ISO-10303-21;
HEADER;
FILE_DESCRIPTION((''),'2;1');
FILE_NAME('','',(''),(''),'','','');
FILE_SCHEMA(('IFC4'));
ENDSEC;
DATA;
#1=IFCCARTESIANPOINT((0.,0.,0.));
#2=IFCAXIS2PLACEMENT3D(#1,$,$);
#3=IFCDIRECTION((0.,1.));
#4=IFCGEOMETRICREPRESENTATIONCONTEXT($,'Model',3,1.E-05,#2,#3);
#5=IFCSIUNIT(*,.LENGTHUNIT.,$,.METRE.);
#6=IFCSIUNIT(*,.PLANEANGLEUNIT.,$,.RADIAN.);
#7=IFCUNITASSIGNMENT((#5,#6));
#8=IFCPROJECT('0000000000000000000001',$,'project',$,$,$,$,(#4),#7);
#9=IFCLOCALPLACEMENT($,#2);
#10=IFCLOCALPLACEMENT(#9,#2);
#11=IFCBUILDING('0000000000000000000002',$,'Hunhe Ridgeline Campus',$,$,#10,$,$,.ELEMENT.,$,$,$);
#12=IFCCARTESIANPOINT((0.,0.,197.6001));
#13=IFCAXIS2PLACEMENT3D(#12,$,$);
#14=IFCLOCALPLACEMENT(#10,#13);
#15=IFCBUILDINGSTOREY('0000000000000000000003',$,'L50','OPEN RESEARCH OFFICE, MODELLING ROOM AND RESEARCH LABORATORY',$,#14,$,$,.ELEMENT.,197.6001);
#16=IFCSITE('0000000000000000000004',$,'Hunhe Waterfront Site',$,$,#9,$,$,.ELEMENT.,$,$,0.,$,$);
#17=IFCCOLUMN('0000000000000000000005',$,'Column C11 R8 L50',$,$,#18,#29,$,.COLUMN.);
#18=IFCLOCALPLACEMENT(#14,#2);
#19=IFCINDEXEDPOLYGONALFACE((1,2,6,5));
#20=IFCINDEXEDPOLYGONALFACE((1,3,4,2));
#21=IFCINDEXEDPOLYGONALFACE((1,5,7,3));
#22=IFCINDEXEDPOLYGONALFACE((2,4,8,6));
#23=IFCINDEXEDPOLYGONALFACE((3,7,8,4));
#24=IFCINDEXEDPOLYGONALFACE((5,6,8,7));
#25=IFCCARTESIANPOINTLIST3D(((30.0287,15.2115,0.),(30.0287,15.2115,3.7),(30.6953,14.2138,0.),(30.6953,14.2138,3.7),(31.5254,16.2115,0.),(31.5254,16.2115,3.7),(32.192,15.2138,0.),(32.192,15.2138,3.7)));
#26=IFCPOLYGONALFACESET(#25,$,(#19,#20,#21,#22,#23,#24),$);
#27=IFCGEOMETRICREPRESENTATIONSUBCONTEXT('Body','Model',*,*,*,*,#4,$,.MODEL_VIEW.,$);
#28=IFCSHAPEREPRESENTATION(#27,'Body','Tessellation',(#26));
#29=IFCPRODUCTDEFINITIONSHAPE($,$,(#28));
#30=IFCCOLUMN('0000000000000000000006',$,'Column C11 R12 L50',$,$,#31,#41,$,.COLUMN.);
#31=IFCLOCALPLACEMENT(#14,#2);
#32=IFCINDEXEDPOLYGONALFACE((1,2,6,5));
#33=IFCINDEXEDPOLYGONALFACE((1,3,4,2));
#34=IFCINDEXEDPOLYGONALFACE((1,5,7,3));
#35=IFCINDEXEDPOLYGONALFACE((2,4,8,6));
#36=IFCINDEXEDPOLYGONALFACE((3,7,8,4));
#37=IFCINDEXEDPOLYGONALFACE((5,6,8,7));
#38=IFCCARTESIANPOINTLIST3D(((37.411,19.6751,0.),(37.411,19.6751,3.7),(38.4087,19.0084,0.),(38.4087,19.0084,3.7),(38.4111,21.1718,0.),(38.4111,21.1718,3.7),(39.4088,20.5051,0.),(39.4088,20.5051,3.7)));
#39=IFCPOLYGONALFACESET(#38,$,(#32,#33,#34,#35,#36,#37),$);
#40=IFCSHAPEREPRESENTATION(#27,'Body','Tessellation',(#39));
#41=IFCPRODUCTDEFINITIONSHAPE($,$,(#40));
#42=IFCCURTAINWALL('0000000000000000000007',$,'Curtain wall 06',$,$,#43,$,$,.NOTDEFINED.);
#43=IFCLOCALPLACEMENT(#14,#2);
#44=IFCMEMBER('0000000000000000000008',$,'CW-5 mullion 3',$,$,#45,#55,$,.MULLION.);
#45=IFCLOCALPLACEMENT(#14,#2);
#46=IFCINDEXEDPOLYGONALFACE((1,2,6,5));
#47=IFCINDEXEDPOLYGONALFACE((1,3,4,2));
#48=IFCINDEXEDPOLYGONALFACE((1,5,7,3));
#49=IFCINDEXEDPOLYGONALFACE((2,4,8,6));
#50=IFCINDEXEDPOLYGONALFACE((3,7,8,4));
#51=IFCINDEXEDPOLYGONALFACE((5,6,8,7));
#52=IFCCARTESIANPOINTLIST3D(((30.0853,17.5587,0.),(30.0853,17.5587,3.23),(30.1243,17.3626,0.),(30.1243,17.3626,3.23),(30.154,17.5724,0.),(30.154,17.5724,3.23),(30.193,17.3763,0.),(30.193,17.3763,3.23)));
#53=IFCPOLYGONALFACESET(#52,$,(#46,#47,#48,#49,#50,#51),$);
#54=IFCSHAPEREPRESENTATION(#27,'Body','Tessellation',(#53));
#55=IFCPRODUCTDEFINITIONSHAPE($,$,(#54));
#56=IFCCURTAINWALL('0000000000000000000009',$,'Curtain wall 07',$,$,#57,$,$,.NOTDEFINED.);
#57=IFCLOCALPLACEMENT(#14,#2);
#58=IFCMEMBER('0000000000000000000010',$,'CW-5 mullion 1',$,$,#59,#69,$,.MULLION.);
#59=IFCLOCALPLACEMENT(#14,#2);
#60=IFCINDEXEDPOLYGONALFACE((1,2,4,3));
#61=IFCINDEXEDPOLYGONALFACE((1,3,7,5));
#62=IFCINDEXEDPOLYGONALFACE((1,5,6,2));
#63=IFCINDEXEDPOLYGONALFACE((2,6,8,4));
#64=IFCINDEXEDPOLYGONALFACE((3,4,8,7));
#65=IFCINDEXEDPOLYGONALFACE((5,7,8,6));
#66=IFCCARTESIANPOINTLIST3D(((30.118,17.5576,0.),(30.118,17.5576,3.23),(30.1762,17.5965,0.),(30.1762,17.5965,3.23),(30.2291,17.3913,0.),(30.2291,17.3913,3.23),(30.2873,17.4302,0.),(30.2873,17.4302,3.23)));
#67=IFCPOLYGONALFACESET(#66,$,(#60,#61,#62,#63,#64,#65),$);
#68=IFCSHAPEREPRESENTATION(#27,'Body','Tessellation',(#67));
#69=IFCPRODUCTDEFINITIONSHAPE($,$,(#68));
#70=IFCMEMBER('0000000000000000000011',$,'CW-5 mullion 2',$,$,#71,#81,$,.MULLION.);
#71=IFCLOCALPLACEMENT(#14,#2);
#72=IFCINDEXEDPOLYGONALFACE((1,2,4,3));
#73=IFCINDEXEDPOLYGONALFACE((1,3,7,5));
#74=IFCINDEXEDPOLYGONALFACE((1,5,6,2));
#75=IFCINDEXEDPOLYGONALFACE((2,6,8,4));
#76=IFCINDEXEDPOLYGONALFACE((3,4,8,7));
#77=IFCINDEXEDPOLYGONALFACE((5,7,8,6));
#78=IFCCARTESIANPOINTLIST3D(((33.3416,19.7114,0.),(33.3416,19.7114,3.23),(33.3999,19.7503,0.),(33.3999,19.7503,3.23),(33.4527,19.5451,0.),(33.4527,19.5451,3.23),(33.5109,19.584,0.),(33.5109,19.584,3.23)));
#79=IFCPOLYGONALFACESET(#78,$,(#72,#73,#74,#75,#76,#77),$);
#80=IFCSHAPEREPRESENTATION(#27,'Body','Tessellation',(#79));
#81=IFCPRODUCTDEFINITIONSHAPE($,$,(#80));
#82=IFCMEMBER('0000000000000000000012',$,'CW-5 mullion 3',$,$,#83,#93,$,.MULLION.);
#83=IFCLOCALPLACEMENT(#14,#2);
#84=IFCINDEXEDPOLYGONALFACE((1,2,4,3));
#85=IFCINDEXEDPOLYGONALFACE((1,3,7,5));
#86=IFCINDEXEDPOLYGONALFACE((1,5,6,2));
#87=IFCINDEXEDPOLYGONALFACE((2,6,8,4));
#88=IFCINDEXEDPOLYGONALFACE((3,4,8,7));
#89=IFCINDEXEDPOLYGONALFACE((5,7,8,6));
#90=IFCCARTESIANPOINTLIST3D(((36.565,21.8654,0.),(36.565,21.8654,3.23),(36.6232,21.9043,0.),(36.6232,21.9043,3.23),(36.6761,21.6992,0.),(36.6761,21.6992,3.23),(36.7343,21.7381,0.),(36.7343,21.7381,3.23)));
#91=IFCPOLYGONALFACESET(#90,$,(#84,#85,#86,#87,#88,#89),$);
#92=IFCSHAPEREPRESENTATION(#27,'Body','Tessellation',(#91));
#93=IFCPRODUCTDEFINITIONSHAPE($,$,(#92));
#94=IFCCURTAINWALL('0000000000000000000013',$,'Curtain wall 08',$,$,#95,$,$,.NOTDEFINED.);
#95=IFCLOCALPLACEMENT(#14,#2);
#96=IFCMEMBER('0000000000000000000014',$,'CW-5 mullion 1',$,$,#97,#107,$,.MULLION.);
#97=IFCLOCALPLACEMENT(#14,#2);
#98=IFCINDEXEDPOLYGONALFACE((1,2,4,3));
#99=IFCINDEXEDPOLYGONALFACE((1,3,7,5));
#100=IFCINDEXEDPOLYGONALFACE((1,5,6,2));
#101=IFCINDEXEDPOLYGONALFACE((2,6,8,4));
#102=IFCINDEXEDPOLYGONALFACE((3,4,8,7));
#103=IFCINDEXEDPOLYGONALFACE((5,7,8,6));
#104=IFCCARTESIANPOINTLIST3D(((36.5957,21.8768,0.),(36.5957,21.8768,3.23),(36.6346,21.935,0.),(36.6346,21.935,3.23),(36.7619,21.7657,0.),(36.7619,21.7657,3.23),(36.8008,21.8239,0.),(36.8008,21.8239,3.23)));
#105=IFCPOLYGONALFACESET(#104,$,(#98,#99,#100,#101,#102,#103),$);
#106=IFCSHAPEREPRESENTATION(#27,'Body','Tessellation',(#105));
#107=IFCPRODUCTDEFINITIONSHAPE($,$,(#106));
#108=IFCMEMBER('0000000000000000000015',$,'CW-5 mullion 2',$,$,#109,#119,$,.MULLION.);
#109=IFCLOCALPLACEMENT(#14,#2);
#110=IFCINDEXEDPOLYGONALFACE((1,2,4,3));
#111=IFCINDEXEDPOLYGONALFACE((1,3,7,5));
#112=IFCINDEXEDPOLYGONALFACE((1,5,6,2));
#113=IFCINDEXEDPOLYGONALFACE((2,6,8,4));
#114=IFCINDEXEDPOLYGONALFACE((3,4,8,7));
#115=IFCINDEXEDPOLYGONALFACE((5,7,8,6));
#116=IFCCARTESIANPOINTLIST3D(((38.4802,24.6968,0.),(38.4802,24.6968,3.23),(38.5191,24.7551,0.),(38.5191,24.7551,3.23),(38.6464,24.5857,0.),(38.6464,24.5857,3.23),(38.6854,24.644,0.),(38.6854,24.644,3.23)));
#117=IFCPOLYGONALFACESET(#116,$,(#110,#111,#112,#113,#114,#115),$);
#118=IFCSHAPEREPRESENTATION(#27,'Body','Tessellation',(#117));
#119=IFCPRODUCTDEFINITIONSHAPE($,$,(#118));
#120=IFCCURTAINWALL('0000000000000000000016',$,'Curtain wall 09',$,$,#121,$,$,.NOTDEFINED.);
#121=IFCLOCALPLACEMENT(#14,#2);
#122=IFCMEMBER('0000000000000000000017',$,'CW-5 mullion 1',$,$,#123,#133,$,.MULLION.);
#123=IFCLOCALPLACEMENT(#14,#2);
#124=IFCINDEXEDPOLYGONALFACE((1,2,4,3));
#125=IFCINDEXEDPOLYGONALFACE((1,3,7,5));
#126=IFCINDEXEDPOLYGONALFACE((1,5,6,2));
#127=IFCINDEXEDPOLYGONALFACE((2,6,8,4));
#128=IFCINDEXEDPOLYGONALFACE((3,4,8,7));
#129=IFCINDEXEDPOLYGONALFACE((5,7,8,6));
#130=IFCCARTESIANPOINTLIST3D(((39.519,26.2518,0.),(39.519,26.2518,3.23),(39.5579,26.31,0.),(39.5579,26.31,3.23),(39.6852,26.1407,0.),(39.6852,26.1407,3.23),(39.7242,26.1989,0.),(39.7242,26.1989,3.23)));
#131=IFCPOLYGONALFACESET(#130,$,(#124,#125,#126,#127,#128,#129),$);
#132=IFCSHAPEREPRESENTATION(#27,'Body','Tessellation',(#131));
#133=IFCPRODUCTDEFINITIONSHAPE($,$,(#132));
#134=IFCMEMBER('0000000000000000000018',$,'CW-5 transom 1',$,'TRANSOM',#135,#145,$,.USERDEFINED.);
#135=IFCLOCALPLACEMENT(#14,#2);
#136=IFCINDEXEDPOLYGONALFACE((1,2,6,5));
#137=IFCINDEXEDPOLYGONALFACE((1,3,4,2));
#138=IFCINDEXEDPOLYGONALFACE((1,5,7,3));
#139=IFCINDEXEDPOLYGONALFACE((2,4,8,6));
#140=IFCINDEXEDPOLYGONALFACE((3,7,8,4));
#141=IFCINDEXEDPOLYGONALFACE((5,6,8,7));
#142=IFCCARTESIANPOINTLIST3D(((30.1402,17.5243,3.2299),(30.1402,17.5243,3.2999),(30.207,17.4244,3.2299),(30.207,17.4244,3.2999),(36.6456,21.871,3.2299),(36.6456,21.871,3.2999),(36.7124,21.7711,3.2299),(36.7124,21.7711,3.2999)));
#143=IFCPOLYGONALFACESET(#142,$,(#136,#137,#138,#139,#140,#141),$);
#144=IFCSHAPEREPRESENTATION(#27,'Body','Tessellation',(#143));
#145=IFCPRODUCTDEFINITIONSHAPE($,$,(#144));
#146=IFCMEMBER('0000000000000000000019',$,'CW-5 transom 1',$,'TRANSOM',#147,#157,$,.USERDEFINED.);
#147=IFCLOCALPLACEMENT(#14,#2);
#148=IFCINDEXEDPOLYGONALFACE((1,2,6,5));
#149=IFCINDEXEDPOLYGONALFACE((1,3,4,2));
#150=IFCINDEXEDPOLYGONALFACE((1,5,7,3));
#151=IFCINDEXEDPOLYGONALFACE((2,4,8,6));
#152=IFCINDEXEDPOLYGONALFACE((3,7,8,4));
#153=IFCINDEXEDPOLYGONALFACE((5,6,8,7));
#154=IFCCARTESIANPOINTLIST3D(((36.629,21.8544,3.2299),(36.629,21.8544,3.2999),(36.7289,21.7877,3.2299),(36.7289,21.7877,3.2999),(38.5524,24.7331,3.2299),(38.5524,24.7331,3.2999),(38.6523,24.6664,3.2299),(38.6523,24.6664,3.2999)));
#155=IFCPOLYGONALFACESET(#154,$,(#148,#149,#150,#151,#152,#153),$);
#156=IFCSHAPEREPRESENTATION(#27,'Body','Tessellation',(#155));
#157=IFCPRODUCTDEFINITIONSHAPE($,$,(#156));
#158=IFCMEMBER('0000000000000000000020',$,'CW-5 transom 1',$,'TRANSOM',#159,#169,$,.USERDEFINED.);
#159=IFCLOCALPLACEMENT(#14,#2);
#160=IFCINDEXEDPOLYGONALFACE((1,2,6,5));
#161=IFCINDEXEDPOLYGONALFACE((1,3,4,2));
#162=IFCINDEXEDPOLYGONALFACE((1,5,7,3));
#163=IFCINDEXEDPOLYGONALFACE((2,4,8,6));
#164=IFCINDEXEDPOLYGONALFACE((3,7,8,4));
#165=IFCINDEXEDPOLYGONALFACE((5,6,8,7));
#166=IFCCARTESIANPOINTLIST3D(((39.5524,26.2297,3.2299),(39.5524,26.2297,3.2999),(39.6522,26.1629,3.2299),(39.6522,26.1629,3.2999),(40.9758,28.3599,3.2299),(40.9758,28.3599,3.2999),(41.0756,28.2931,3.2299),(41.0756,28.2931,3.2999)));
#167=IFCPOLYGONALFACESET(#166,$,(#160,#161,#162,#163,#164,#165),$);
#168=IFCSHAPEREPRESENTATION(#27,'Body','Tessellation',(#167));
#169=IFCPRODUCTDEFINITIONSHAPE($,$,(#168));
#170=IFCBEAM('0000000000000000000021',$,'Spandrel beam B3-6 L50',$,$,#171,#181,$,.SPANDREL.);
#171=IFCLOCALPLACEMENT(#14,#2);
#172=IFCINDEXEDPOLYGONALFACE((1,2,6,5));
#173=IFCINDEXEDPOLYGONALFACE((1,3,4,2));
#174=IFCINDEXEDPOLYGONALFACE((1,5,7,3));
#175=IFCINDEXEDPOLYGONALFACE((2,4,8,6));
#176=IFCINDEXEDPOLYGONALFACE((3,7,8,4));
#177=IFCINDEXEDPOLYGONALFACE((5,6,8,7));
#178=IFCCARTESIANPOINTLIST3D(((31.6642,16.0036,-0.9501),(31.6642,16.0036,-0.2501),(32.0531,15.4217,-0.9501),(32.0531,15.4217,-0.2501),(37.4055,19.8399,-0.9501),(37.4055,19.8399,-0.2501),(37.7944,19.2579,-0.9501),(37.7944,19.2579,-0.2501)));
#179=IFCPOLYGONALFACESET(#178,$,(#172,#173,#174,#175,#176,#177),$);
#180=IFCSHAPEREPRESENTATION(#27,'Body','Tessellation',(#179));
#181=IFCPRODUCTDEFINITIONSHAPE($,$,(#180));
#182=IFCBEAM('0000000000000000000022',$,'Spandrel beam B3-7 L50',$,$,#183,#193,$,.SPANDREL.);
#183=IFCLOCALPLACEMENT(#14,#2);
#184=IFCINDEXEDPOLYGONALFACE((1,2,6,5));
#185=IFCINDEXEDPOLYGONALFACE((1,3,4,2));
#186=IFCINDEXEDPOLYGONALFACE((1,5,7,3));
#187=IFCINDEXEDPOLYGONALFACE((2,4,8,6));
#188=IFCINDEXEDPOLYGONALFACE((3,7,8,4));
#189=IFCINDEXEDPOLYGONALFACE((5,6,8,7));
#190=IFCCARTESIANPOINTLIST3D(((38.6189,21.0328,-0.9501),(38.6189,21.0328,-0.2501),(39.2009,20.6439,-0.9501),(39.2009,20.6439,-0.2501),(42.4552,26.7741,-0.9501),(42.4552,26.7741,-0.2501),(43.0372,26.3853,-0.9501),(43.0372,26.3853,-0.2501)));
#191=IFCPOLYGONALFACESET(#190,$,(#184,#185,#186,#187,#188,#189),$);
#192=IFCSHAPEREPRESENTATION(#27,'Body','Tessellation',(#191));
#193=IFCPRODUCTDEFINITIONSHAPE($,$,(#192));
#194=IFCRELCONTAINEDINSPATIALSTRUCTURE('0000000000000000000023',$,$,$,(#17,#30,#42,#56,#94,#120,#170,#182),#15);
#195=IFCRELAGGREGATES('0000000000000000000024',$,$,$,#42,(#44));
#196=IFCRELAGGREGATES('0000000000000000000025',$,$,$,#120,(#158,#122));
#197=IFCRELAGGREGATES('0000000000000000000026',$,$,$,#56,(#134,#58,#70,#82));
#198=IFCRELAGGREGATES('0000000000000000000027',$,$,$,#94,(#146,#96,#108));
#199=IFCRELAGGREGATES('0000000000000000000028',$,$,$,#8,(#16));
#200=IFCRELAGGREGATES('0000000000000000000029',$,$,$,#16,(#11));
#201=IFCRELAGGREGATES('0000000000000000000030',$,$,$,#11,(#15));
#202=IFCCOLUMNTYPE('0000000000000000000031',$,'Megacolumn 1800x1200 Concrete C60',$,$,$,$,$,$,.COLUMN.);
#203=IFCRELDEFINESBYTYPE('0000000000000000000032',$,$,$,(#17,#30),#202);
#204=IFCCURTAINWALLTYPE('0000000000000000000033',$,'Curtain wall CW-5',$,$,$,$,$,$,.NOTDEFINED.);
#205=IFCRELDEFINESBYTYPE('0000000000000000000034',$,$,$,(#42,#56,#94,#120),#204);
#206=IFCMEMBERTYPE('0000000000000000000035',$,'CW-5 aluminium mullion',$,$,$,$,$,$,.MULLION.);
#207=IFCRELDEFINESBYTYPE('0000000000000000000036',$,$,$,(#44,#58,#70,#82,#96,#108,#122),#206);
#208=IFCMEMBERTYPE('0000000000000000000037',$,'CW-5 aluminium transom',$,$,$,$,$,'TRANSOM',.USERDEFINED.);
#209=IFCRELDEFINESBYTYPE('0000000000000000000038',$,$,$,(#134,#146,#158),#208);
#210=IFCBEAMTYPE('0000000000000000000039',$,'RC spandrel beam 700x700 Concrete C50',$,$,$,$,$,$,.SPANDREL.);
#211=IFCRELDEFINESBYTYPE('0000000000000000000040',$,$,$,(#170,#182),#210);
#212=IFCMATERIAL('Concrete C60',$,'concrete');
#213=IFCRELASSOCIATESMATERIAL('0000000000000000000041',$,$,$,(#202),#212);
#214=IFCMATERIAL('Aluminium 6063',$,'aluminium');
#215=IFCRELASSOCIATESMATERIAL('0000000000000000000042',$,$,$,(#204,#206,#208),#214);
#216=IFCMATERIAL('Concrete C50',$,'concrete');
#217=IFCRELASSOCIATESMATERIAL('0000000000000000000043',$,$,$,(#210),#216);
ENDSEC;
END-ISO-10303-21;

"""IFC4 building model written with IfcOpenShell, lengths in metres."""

from ifc_helpers import new_model, si_unit, direction, frame, origin, origin_2d, place, context, subcontext, project, spatial, rectangle, extrude, material, material_profile, profile_set, type_object, element, aggregate, save


model = new_model("IFC4")

# Units and contexts
model_context = context("Model", 3, precision=1e-05, world=origin(), true_north=direction((0.0, 1.0)))
body_context = subcontext(model_context, "Body", "Model", "MODEL_VIEW")
ifc_project = project(units=[si_unit("LENGTHUNIT", "METRE"), si_unit("PLANEANGLEUNIT", "RADIAN")], contexts=[model_context])

# Site, building, storey
site_placement = place(None, origin())
site = spatial("IfcSite", under=ifc_project, at=site_placement, Name="Hunhe Waterfront Site", CompositionType="ELEMENT", RefElevation=0.0)
building_placement = place(site_placement, origin())
building = spatial("IfcBuilding", under=site, at=building_placement, Name="Hunhe Ridgeline Campus", CompositionType="ELEMENT")
storey_placement = place(building_placement, frame((0.0, 0.0, 197.6001)))
storey = spatial("IfcBuildingStorey", under=building, at=storey_placement, Name="L50", Description="OPEN RESEARCH OFFICE, MODELLING ROOM AND RESEARCH LABORATORY", CompositionType="ELEMENT", Elevation=197.6001)

# Columns
ifc_material_1 = material(Name="Concrete C60", Category="concrete")
ifc_material_profile_1 = material_profile(ifc_material_1, rectangle(XDim=1.8, YDim=1.2, at=origin_2d()))
ifc_profile_set_1 = profile_set([ifc_material_profile_1], Name="Concrete C60")
column_type = type_object("IfcColumnType", Name="Megacolumn 1800x1200 Concrete C60", PredefinedType="COLUMN", material=ifc_profile_set_1)
for number, where, z_axis, x_axis, name in (
    (1, (31.1104, 15.2126, 0.0), (0.0, 0.0, 1.0), (0.83147, 0.55557, 0.0), "Column C11 R8 L50"),
    (2, (38.4099, 20.0901, 0.0), (0.0, 0.0, 1.0), (0.55557, 0.83147, 0.0), "Column C11 R12 L50"),
):
    element("IfcColumn", number, at=place(storey_placement, frame(where, z_axis=z_axis, x_axis=x_axis)), inside=storey, type_object=column_type, Name=name, PredefinedType="COLUMN", context=body_context, shape_type="SweptSolid", body=[
        extrude(rectangle(XDim=1.8, YDim=1.2, at=origin_2d()), origin(), (0.0, 0.0, 1.0), 3.7),
    ])

# Curtain wall, member
ifc_material_2 = material(Name="Aluminium 6063", Category="aluminium")
curtain_wall_type = type_object("IfcCurtainWallType", Name="Curtain wall CW-5", PredefinedType="NOTDEFINED", material=ifc_material_2)
curtain_wall_1_placement = place(storey_placement, origin())
curtain_wall_1 = element("IfcCurtainWall", 3, at=curtain_wall_1_placement, inside=storey, type_object=curtain_wall_type, Name="Curtain wall 06", PredefinedType="NOTDEFINED")
ifc_material_profile_2 = material_profile(ifc_material_2, rectangle(XDim=0.2, YDim=0.0701, at=origin_2d()))
ifc_profile_set_2 = profile_set([ifc_material_profile_2], Name="Aluminium 6063")
member_type_1 = type_object("IfcMemberType", Name="CW-5 aluminium mullion", PredefinedType="MULLION", material=ifc_profile_set_2)
member_1_placement = place(storey_placement, frame((30.1392, 17.4675, 0.0), z_axis=(0.0, 0.0, 1.0), x_axis=(-0.19509, 0.980785, 0.0)))
member_1 = element("IfcMember", 4, at=member_1_placement, type_object=member_type_1, Name="CW-5 mullion 3", PredefinedType="MULLION", context=body_context, shape_type="SweptSolid", body=[
    extrude(rectangle(XDim=0.2, YDim=0.0701, at=origin_2d()), origin(), (0.0, 0.0, 1.0), 3.23),
])
aggregate(curtain_wall_1, [member_1])

# Curtain walls, members
curtain_wall_2_placement = place(storey_placement, origin())
curtain_wall_2 = element("IfcCurtainWall", 5, at=curtain_wall_2_placement, inside=storey, type_object=curtain_wall_type, Name="Curtain wall 07", PredefinedType="NOTDEFINED")
member_2_placement = place(storey_placement, frame((30.2026, 17.4939, 0.0), z_axis=(0.0, 0.0, 1.0), x_axis=(-0.55557, 0.83147, 0.0)))
member_2 = element("IfcMember", 6, at=member_2_placement, type_object=member_type_1, Name="CW-5 mullion 1", PredefinedType="MULLION", context=body_context, shape_type="SweptSolid", body=[
    extrude(rectangle(XDim=0.2, YDim=0.0701, at=origin_2d()), origin(), (0.0, 0.0, 1.0), 3.23),
])
member_3_placement = place(storey_placement, frame((33.4263, 19.6477, 0.0), z_axis=(0.0, 0.0, 1.0), x_axis=(-0.55557, 0.83147, 0.0)))
member_3 = element("IfcMember", 7, at=member_3_placement, type_object=member_type_1, Name="CW-5 mullion 2", PredefinedType="MULLION", context=body_context, shape_type="SweptSolid", body=[
    extrude(rectangle(XDim=0.2, YDim=0.0701, at=origin_2d()), origin(), (0.0, 0.0, 1.0), 3.23),
])
member_4_placement = place(storey_placement, frame((36.6497, 21.8018, 0.0), z_axis=(0.0, 0.0, 1.0), x_axis=(-0.55557, 0.83147, 0.0)))
member_4 = element("IfcMember", 8, at=member_4_placement, type_object=member_type_1, Name="CW-5 mullion 3", PredefinedType="MULLION", context=body_context, shape_type="SweptSolid", body=[
    extrude(rectangle(XDim=0.2, YDim=0.0701, at=origin_2d()), origin(), (0.0, 0.0, 1.0), 3.23),
])
curtain_wall_3_placement = place(storey_placement, origin())
curtain_wall_3 = element("IfcCurtainWall", 9, at=curtain_wall_3_placement, inside=storey, type_object=curtain_wall_type, Name="Curtain wall 08", PredefinedType="NOTDEFINED")
member_5_placement = place(storey_placement, frame((36.6982, 21.8503, 0.0), z_axis=(0.0, 0.0, 1.0), x_axis=(-0.83147, 0.55557, 0.0)))
member_5 = element("IfcMember", 10, at=member_5_placement, type_object=member_type_1, Name="CW-5 mullion 1", PredefinedType="MULLION", context=body_context, shape_type="SweptSolid", body=[
    extrude(rectangle(XDim=0.2, YDim=0.0701, at=origin_2d()), origin(), (0.0, 0.0, 1.0), 3.23),
])
member_6_placement = place(storey_placement, frame((38.5828, 24.6704, 0.0), z_axis=(0.0, 0.0, 1.0), x_axis=(-0.83147, 0.55557, 0.0)))
member_6 = element("IfcMember", 11, at=member_6_placement, type_object=member_type_1, Name="CW-5 mullion 2", PredefinedType="MULLION", context=body_context, shape_type="SweptSolid", body=[
    extrude(rectangle(XDim=0.2, YDim=0.0701, at=origin_2d()), origin(), (0.0, 0.0, 1.0), 3.23),
])

# Curtain wall, member
curtain_wall_4_placement = place(storey_placement, origin())
curtain_wall_4 = element("IfcCurtainWall", 12, at=curtain_wall_4_placement, inside=storey, type_object=curtain_wall_type, Name="Curtain wall 09", PredefinedType="NOTDEFINED")
member_7_placement = place(storey_placement, frame((39.6216, 26.2253, 0.0), z_axis=(0.0, 0.0, 1.0), x_axis=(-0.83147, 0.55557, 0.0)))
member_7 = element("IfcMember", 13, at=member_7_placement, type_object=member_type_1, Name="CW-5 mullion 1", PredefinedType="MULLION", context=body_context, shape_type="SweptSolid", body=[
    extrude(rectangle(XDim=0.2, YDim=0.0701, at=origin_2d()), origin(), (0.0, 0.0, 1.0), 3.23),
])

# Members
ifc_material_profile_3 = material_profile(ifc_material_2, rectangle(XDim=0.1201, YDim=0.0701, at=origin_2d()))
ifc_profile_set_3 = profile_set([ifc_material_profile_3], Name="Aluminium 6063")
member_type_2 = type_object("IfcMemberType", Name="CW-5 aluminium transom", ElementType="TRANSOM", PredefinedType="USERDEFINED", material=ifc_profile_set_3)
member_8_placement = place(storey_placement, frame((30.1736, 17.4744, 3.2649), z_axis=(0.831474, 0.555564, 0.0), x_axis=(-0.555564, 0.831474, 0.0)))
member_8 = element("IfcMember", 14, at=member_8_placement, type_object=member_type_2, Name="CW-5 transom 1", ObjectType="TRANSOM", PredefinedType="USERDEFINED", context=body_context, shape_type="SweptSolid", body=[
    extrude(rectangle(XDim=0.1201, YDim=0.0701, at=origin_2d()), origin(), (0.0, 0.0, 1.0), 7.824),
])
member_9_placement = place(storey_placement, frame((36.679, 21.821, 3.2649), z_axis=(0.555546, 0.831486, 0.0), x_axis=(-0.831486, 0.555546, 0.0)))
member_9 = element("IfcMember", 15, at=member_9_placement, type_object=member_type_2, Name="CW-5 transom 1", ObjectType="TRANSOM", PredefinedType="USERDEFINED", context=body_context, shape_type="SweptSolid", body=[
    extrude(rectangle(XDim=0.1201, YDim=0.0701, at=origin_2d()), origin(), (0.0, 0.0, 1.0), 3.4622),
])
member_10_placement = place(storey_placement, frame((39.6023, 26.1963, 3.2649), z_axis=(0.55558, 0.831463, 0.0), x_axis=(-0.831463, 0.55558, 0.0)))
member_10 = element("IfcMember", 16, at=member_10_placement, type_object=member_type_2, Name="CW-5 transom 1", ObjectType="TRANSOM", PredefinedType="USERDEFINED", context=body_context, shape_type="SweptSolid", body=[
    extrude(rectangle(XDim=0.1201, YDim=0.0701, at=origin_2d()), origin(), (0.0, 0.0, 1.0), 2.562),
])
aggregate(curtain_wall_4, [member_10, member_7])

# Beams
ifc_material_3 = material(Name="Concrete C50", Category="concrete")
ifc_material_profile_4 = material_profile(ifc_material_3, rectangle(XDim=0.7, YDim=0.7, at=origin_2d()))
ifc_profile_set_4 = profile_set([ifc_material_profile_4], Name="Concrete C50")
beam_type = type_object("IfcBeamType", Name="RC spandrel beam 700x700 Concrete C50", PredefinedType="SPANDREL", material=ifc_profile_set_4)
for number, where, z_axis, x_axis, name in (
    (17, (31.8586, 15.7126, -0.6001), (0.831468, 0.555573, 0.0), (-0.555573, 0.831468, 0.0), "Spandrel beam B3-6 L50"),
    (18, (38.9099, 20.8384, -0.6001), (0.555573, 0.831468, 0.0), (-0.831468, 0.555573, 0.0), "Spandrel beam B3-7 L50"),
):
    element("IfcBeam", number, at=place(storey_placement, frame(where, z_axis=z_axis, x_axis=x_axis)), inside=storey, type_object=beam_type, Name=name, PredefinedType="SPANDREL", context=body_context, shape_type="SweptSolid", body=[
        extrude(rectangle(XDim=0.7, YDim=0.7, at=origin_2d()), origin(), (0.0, 0.0, 1.0), 6.905),
    ])

aggregate(curtain_wall_2, [member_8, member_2, member_3, member_4])
aggregate(curtain_wall_3, [member_9, member_5, member_6])

save(model, "model.ifc")
